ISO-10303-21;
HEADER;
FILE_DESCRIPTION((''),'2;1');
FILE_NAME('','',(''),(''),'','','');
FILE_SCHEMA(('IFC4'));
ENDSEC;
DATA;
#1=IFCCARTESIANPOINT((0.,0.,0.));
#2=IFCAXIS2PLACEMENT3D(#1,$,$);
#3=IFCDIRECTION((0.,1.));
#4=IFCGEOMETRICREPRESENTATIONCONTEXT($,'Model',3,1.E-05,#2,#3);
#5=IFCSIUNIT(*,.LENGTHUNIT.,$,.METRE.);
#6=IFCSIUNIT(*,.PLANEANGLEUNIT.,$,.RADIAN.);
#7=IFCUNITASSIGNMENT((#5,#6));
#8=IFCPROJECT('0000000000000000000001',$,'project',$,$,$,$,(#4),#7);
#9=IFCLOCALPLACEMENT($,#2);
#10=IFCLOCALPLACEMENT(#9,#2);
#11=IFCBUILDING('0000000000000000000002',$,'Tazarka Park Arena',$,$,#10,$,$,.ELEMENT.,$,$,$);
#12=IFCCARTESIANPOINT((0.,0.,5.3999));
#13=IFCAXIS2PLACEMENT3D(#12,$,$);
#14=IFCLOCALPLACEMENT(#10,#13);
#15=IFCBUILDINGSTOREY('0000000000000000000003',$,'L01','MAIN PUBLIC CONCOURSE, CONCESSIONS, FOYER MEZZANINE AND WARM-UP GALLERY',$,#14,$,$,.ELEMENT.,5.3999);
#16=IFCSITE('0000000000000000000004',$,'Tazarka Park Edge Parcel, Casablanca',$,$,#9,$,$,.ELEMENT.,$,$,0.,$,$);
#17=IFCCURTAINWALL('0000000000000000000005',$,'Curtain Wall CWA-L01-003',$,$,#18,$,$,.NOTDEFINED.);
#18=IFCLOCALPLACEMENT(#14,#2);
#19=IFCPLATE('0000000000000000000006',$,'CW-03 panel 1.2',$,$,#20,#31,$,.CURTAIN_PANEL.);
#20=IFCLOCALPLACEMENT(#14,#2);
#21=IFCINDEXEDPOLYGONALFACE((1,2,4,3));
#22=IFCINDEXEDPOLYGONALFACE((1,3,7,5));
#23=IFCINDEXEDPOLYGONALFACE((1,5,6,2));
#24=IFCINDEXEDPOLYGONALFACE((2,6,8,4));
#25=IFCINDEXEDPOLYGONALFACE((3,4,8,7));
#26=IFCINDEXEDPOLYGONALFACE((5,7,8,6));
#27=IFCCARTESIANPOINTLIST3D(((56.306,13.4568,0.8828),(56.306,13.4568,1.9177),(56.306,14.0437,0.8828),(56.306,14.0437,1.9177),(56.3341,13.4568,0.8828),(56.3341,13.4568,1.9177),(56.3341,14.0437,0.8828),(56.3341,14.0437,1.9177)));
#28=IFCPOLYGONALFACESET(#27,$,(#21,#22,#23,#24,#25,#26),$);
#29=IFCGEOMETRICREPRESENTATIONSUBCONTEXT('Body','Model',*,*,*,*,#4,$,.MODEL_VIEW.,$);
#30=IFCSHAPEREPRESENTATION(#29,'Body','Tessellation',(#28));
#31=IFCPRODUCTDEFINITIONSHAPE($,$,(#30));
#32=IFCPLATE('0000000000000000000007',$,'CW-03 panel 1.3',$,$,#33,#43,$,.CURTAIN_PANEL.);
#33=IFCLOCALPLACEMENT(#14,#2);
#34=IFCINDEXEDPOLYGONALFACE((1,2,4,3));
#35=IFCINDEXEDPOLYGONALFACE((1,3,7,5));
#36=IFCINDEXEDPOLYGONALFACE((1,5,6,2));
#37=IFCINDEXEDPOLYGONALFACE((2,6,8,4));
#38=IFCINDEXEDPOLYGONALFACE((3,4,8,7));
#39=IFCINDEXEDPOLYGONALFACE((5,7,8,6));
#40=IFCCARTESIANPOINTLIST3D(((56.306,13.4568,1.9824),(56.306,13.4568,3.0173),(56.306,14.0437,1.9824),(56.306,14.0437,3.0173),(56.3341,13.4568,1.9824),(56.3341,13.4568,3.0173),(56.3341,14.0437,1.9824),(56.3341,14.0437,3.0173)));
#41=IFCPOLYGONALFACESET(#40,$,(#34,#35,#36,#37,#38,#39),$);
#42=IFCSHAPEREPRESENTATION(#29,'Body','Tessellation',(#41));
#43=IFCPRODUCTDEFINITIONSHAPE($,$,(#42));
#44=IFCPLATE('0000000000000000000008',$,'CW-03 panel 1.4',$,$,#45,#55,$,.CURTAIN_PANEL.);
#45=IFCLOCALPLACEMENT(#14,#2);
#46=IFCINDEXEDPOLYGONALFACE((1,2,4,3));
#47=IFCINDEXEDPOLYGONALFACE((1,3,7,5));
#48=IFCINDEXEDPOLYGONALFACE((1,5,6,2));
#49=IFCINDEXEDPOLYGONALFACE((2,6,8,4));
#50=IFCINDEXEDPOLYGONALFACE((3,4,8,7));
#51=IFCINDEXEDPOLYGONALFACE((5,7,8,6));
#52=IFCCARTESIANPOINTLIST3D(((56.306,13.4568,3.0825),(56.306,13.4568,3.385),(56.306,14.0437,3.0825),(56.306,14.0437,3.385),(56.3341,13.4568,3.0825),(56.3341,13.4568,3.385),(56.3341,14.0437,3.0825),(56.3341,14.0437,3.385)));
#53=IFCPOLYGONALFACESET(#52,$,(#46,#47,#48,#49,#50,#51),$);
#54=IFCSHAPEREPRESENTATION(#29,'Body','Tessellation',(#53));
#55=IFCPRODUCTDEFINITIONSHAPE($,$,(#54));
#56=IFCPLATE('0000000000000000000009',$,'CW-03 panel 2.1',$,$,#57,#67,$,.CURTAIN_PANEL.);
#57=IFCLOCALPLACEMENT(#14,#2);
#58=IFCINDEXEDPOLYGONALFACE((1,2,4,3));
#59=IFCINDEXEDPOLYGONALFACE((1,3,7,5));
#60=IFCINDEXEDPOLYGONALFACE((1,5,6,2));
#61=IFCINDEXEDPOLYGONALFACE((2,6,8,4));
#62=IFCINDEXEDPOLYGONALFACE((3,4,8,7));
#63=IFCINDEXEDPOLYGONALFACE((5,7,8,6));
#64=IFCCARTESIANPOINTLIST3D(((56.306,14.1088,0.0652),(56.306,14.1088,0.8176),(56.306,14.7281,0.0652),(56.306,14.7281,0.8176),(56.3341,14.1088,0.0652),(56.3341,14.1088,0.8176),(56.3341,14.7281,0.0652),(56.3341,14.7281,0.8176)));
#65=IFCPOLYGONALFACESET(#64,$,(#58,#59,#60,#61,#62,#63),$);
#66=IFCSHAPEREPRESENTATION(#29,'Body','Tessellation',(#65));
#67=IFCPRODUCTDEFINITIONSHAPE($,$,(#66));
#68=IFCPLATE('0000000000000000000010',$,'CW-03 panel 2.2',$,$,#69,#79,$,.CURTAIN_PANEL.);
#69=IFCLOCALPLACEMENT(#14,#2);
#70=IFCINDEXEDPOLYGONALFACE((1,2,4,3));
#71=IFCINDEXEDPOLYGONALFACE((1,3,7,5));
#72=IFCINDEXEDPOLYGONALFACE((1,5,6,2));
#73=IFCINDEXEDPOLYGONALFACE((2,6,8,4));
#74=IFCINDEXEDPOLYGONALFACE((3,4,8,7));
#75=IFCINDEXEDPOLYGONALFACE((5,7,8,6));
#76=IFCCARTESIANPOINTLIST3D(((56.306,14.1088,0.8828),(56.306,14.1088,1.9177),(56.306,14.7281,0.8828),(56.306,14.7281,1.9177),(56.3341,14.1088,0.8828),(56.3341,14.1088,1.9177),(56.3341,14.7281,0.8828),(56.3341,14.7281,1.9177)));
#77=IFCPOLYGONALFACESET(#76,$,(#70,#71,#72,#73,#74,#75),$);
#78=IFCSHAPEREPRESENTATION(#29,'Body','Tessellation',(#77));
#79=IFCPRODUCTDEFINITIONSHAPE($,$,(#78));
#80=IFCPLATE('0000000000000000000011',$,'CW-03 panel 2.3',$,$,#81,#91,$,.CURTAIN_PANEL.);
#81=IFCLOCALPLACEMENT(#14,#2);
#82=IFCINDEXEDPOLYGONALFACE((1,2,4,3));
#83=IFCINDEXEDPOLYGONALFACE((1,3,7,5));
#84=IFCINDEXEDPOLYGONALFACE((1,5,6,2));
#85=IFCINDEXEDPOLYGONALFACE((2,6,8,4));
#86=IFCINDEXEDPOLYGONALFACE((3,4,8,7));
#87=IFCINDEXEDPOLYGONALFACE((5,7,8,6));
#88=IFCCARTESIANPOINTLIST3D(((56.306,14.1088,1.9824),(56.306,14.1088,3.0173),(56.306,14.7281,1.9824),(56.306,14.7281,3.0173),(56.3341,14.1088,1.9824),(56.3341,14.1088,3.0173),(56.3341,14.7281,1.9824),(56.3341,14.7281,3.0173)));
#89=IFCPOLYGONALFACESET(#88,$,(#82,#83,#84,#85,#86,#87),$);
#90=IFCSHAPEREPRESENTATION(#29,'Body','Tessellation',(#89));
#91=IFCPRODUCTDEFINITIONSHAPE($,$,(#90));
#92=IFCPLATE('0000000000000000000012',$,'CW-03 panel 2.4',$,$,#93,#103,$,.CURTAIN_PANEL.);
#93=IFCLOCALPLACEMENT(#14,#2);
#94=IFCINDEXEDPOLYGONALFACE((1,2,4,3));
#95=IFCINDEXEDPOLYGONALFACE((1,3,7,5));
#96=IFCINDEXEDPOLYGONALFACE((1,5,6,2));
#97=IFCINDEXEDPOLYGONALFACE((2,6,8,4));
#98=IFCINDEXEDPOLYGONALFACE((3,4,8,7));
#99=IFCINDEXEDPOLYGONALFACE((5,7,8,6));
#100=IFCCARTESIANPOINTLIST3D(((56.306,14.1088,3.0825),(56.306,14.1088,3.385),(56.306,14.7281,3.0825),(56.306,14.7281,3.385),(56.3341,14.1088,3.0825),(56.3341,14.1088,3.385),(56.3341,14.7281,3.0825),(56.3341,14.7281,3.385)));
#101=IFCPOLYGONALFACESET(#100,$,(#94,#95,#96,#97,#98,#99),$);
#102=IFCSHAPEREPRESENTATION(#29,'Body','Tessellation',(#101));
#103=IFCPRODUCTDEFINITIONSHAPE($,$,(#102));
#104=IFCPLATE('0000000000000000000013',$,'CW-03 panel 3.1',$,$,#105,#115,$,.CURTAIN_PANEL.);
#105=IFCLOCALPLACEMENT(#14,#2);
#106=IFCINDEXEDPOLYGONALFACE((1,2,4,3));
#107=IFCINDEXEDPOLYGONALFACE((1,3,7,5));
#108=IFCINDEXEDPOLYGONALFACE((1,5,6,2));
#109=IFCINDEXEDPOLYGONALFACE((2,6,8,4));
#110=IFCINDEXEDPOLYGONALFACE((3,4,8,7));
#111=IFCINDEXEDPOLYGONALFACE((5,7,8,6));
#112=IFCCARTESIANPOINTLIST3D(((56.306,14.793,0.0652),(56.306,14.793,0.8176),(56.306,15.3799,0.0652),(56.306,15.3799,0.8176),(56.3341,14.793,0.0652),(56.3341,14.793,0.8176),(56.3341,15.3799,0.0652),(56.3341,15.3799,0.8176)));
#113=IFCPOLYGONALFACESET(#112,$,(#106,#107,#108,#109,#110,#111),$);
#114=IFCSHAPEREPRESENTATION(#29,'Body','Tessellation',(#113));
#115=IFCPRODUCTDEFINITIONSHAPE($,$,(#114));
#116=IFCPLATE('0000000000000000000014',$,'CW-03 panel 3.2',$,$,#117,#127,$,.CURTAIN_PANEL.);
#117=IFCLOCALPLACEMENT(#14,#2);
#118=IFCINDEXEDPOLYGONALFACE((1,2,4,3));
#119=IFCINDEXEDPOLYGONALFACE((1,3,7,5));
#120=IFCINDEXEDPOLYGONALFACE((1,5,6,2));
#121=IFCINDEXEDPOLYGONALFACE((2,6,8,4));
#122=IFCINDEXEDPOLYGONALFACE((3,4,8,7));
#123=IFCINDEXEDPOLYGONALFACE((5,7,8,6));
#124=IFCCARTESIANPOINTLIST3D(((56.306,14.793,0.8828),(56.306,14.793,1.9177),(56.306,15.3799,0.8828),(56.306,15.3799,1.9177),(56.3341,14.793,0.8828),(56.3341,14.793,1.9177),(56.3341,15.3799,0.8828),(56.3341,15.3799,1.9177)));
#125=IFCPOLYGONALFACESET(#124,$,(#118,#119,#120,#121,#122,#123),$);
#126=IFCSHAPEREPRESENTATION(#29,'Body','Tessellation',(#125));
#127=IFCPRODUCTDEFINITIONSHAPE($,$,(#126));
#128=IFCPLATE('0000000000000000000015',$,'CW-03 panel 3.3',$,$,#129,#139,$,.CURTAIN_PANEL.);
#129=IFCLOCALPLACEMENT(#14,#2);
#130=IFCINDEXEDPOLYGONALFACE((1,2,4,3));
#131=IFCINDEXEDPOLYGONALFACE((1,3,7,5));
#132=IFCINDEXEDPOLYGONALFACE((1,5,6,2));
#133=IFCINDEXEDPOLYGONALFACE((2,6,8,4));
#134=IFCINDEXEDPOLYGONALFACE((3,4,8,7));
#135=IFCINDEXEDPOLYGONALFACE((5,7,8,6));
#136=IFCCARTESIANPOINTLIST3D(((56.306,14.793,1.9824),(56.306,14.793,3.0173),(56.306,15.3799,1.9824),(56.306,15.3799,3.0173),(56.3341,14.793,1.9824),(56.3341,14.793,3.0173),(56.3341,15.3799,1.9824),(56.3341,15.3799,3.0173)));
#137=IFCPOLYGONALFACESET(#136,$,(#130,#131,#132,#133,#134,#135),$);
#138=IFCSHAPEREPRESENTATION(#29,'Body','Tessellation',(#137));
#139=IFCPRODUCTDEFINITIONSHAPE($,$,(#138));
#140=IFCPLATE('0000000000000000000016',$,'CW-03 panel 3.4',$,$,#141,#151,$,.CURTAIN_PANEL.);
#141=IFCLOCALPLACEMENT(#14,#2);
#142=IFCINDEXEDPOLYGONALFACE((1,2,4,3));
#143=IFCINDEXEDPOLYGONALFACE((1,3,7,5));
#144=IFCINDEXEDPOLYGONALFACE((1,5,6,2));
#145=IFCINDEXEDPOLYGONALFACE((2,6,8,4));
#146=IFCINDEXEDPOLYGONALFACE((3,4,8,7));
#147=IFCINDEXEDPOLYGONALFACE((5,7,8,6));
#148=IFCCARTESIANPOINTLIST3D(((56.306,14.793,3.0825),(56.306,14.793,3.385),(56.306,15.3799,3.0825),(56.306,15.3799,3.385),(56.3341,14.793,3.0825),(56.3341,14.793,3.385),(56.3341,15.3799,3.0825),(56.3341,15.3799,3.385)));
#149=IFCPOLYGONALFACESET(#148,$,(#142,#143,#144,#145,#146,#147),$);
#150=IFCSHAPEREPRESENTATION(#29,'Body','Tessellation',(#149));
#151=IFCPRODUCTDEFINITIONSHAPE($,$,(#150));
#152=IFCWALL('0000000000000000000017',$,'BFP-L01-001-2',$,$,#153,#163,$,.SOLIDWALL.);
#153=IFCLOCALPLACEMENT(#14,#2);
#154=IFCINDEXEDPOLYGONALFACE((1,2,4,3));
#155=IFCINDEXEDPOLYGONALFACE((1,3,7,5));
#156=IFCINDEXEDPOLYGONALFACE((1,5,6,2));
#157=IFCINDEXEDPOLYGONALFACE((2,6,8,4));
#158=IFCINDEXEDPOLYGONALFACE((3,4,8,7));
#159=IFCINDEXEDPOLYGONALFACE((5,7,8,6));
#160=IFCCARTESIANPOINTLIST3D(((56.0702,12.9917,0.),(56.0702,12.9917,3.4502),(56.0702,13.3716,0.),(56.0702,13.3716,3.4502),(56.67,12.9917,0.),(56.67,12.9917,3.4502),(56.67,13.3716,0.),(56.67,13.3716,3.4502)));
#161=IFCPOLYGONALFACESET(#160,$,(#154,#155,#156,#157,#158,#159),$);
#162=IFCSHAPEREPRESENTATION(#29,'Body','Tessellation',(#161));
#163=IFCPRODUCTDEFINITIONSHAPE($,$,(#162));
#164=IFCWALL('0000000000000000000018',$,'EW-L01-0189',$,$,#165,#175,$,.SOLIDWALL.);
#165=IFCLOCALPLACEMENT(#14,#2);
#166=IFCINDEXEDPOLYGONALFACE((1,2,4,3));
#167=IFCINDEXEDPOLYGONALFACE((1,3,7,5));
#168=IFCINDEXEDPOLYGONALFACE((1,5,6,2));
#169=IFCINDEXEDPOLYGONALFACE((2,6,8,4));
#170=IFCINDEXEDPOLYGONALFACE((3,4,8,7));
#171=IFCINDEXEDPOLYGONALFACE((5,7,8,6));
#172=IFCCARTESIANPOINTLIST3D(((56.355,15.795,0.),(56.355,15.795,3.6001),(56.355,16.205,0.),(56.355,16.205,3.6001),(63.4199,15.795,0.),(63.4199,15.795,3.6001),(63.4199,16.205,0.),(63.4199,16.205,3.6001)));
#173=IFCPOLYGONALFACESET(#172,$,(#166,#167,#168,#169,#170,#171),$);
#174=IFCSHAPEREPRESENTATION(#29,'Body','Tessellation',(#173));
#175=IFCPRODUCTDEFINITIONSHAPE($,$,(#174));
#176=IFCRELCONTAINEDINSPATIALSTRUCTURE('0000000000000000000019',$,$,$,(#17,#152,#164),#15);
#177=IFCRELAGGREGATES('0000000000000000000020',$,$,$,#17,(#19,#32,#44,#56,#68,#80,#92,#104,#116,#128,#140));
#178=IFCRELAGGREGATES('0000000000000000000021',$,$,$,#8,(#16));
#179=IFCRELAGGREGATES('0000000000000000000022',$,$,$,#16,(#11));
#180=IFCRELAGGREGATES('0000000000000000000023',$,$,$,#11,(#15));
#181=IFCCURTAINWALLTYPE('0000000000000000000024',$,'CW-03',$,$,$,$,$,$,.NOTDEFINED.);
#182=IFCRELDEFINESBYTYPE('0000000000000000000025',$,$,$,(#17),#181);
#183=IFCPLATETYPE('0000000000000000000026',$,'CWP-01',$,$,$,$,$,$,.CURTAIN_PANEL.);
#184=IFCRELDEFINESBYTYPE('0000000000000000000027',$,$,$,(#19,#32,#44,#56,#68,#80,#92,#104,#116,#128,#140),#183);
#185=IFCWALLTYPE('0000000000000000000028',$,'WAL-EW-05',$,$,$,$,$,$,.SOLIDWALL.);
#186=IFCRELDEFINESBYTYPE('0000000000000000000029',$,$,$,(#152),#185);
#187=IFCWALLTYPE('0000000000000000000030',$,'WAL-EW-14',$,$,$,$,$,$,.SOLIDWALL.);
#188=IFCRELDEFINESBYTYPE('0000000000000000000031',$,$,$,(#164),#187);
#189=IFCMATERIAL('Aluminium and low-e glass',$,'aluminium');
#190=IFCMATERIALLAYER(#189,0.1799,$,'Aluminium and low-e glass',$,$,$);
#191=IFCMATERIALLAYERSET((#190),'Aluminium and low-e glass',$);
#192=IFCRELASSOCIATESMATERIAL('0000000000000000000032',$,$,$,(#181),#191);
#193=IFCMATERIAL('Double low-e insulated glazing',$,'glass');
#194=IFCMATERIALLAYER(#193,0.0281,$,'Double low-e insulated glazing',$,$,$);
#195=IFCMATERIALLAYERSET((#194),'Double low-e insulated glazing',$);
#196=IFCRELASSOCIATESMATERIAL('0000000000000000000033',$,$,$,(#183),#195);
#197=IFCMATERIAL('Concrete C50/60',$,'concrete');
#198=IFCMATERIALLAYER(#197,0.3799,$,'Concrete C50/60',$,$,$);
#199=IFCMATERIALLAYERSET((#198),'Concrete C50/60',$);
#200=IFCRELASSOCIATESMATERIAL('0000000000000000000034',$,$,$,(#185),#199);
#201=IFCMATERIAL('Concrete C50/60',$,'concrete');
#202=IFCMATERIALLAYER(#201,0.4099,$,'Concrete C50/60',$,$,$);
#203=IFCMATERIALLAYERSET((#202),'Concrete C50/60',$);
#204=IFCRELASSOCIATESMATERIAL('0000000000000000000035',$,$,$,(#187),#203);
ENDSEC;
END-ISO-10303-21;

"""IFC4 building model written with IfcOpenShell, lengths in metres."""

from ifc_helpers import new_model, si_unit, direction, frame, frame_2d, origin, origin_2d, place, context, subcontext, project, spatial, rectangle, extrude, material, layer, layer_set, type_object, element, aggregate, save


model = new_model("IFC4")

# Units and contexts
model_context = context("Model", 3, precision=1e-05, world=origin(), true_north=direction((0.0, 1.0)))
body_context = subcontext(model_context, "Body", "Model", "MODEL_VIEW")
ifc_project = project(units=[si_unit("LENGTHUNIT", "METRE"), si_unit("PLANEANGLEUNIT", "RADIAN")], contexts=[model_context])

# Site, building, storey
site_placement = place(None, origin())
site = spatial("IfcSite", under=ifc_project, at=site_placement, Name="Tazarka Park Edge Parcel, Casablanca", CompositionType="ELEMENT", RefElevation=0.0)
building_placement = place(site_placement, origin())
building = spatial("IfcBuilding", under=site, at=building_placement, Name="Tazarka Park Arena", CompositionType="ELEMENT")
storey_placement = place(building_placement, frame((0.0, 0.0, 5.3999)))
storey = spatial("IfcBuildingStorey", under=building, at=storey_placement, Name="L01", Description="MAIN PUBLIC CONCOURSE, CONCESSIONS, FOYER MEZZANINE AND WARM-UP GALLERY", CompositionType="ELEMENT", Elevation=5.3999)

# Curtain wall, plates
ifc_material_1 = material(Name="Aluminium and low-e glass", Category="aluminium")
ifc_layer_1 = layer(ifc_material_1, 0.1799, Name="Aluminium and low-e glass")
ifc_layer_set_1 = layer_set([ifc_layer_1], Name="Aluminium and low-e glass")
curtain_wall_type = type_object("IfcCurtainWallType", Name="CW-03", PredefinedType="NOTDEFINED", material=ifc_layer_set_1)
curtain_wall_placement = place(storey_placement, origin())
curtain_wall = element("IfcCurtainWall", 1, at=curtain_wall_placement, inside=storey, type_object=curtain_wall_type, Name="Curtain Wall CWA-L01-003", PredefinedType="NOTDEFINED")
ifc_material_2 = material(Name="Double low-e insulated glazing", Category="glass")
ifc_layer_2 = layer(ifc_material_2, 0.0281, Name="Double low-e insulated glazing")
ifc_layer_set_2 = layer_set([ifc_layer_2], Name="Double low-e insulated glazing")
plate_type = type_object("IfcPlateType", Name="CWP-01", PredefinedType="CURTAIN_PANEL", material=ifc_layer_set_2)
plate_1_placement = place(storey_placement, frame((56.3201, 13.7502, 0.8828), z_axis=(0.0, 0.0, 1.0), x_axis=(0.0, 1.0, 0.0)))
plate_1 = element("IfcPlate", 2, at=plate_1_placement, type_object=plate_type, Name="CW-03 panel 1.2", PredefinedType="CURTAIN_PANEL", context=body_context, shape_type="SweptSolid", body=[
    extrude(rectangle(XDim=0.5869, YDim=0.0281, at=origin_2d()), origin(), (0.0, 0.0, 1.0), 1.0349),
])
plate_2_placement = place(storey_placement, frame((56.3201, 13.7502, 1.9824), z_axis=(0.0, 0.0, 1.0), x_axis=(0.0, 1.0, 0.0)))
plate_2 = element("IfcPlate", 3, at=plate_2_placement, type_object=plate_type, Name="CW-03 panel 1.3", PredefinedType="CURTAIN_PANEL", context=body_context, shape_type="SweptSolid", body=[
    extrude(rectangle(XDim=0.5869, YDim=0.0281, at=origin_2d()), origin(), (0.0, 0.0, 1.0), 1.0349),
])
plate_3_placement = place(storey_placement, frame((56.3201, 13.7502, 3.0825), z_axis=(0.0, 0.0, 1.0), x_axis=(0.0, 1.0, 0.0)))
plate_3 = element("IfcPlate", 4, at=plate_3_placement, type_object=plate_type, Name="CW-03 panel 1.4", PredefinedType="CURTAIN_PANEL", context=body_context, shape_type="SweptSolid", body=[
    extrude(rectangle(XDim=0.5869, YDim=0.0281, at=origin_2d()), origin(), (0.0, 0.0, 1.0), 0.3025),
])
plate_4_placement = place(storey_placement, frame((56.3201, 14.4185, 0.0652), z_axis=(0.0, 0.0, 1.0), x_axis=(0.0, 1.0, 0.0)))
plate_4 = element("IfcPlate", 5, at=plate_4_placement, type_object=plate_type, Name="CW-03 panel 2.1", PredefinedType="CURTAIN_PANEL", context=body_context, shape_type="SweptSolid", body=[
    extrude(rectangle(XDim=0.6194, YDim=0.0281, at=origin_2d()), origin(), (0.0, 0.0, 1.0), 0.7524),
])
plate_5_placement = place(storey_placement, frame((56.3201, 14.4185, 0.8828), z_axis=(0.0, 0.0, 1.0), x_axis=(0.0, 1.0, 0.0)))
plate_5 = element("IfcPlate", 6, at=plate_5_placement, type_object=plate_type, Name="CW-03 panel 2.2", PredefinedType="CURTAIN_PANEL", context=body_context, shape_type="SweptSolid", body=[
    extrude(rectangle(XDim=0.6194, YDim=0.0281, at=origin_2d()), origin(), (0.0, 0.0, 1.0), 1.0349),
])
plate_6_placement = place(storey_placement, frame((56.3201, 14.4185, 1.9824), z_axis=(0.0, 0.0, 1.0), x_axis=(0.0, 1.0, 0.0)))
plate_6 = element("IfcPlate", 7, at=plate_6_placement, type_object=plate_type, Name="CW-03 panel 2.3", PredefinedType="CURTAIN_PANEL", context=body_context, shape_type="SweptSolid", body=[
    extrude(rectangle(XDim=0.6194, YDim=0.0281, at=origin_2d()), origin(), (0.0, 0.0, 1.0), 1.0349),
])
plate_7_placement = place(storey_placement, frame((56.3201, 14.4185, 3.0825), z_axis=(0.0, 0.0, 1.0), x_axis=(0.0, 1.0, 0.0)))
plate_7 = element("IfcPlate", 8, at=plate_7_placement, type_object=plate_type, Name="CW-03 panel 2.4", PredefinedType="CURTAIN_PANEL", context=body_context, shape_type="SweptSolid", body=[
    extrude(rectangle(XDim=0.6194, YDim=0.0281, at=origin_2d()), origin(), (0.0, 0.0, 1.0), 0.3025),
])
plate_8_placement = place(storey_placement, frame((56.3201, 15.0864, 0.0652), z_axis=(0.0, 0.0, 1.0), x_axis=(0.0, 1.0, 0.0)))
plate_8 = element("IfcPlate", 9, at=plate_8_placement, type_object=plate_type, Name="CW-03 panel 3.1", PredefinedType="CURTAIN_PANEL", context=body_context, shape_type="SweptSolid", body=[
    extrude(rectangle(XDim=0.5869, YDim=0.0281, at=origin_2d()), origin(), (0.0, 0.0, 1.0), 0.7524),
])
plate_9_placement = place(storey_placement, frame((56.3201, 15.0864, 0.8828), z_axis=(0.0, 0.0, 1.0), x_axis=(0.0, 1.0, 0.0)))
plate_9 = element("IfcPlate", 10, at=plate_9_placement, type_object=plate_type, Name="CW-03 panel 3.2", PredefinedType="CURTAIN_PANEL", context=body_context, shape_type="SweptSolid", body=[
    extrude(rectangle(XDim=0.5869, YDim=0.0281, at=origin_2d()), origin(), (0.0, 0.0, 1.0), 1.0349),
])
plate_10_placement = place(storey_placement, frame((56.3201, 15.0864, 1.9824), z_axis=(0.0, 0.0, 1.0), x_axis=(0.0, 1.0, 0.0)))
plate_10 = element("IfcPlate", 11, at=plate_10_placement, type_object=plate_type, Name="CW-03 panel 3.3", PredefinedType="CURTAIN_PANEL", context=body_context, shape_type="SweptSolid", body=[
    extrude(rectangle(XDim=0.5869, YDim=0.0281, at=origin_2d()), origin(), (0.0, 0.0, 1.0), 1.0349),
])
plate_11_placement = place(storey_placement, frame((56.3201, 15.0864, 3.0825), z_axis=(0.0, 0.0, 1.0), x_axis=(0.0, 1.0, 0.0)))
plate_11 = element("IfcPlate", 12, at=plate_11_placement, type_object=plate_type, Name="CW-03 panel 3.4", PredefinedType="CURTAIN_PANEL", context=body_context, shape_type="SweptSolid", body=[
    extrude(rectangle(XDim=0.5869, YDim=0.0281, at=origin_2d()), origin(), (0.0, 0.0, 1.0), 0.3025),
])
aggregate(curtain_wall, [plate_1, plate_2, plate_3, plate_4, plate_5, plate_6, plate_7, plate_8, plate_9, plate_10, plate_11])

# Walls
ifc_material_3 = material(Name="Concrete C50/60", Category="concrete")
ifc_layer_3 = layer(ifc_material_3, 0.3799, Name="Concrete C50/60")
ifc_layer_set_3 = layer_set([ifc_layer_3], Name="Concrete C50/60")
wall_type_1 = type_object("IfcWallType", Name="WAL-EW-05", PredefinedType="SOLIDWALL", material=ifc_layer_set_3)
wall_1_placement = place(storey_placement, frame((56.6699, 13.1816, 0.0), z_axis=(0.0, 0.0, 1.0), x_axis=(-1.0, 0.0, 0.0)))
element("IfcWall", 13, at=wall_1_placement, inside=storey, type_object=wall_type_1, Name="BFP-L01-001-2", PredefinedType="SOLIDWALL", context=body_context, shape_type="SweptSolid", body=[
    extrude(rectangle(XDim=0.5999, YDim=0.3799, at=frame_2d((0.2998, 0.0))), origin(), (0.0, 0.0, 1.0), 3.4502),
])
ifc_material_4 = material(Name="Concrete C50/60", Category="concrete")
ifc_layer_4 = layer(ifc_material_4, 0.4099, Name="Concrete C50/60")
ifc_layer_set_4 = layer_set([ifc_layer_4], Name="Concrete C50/60")
wall_type_2 = type_object("IfcWallType", Name="WAL-EW-14", PredefinedType="SOLIDWALL", material=ifc_layer_set_4)
wall_2_placement = place(storey_placement, frame((56.355, 16.0, 0.0), z_axis=(0.0, 0.0, 1.0), x_axis=(1.0, 0.0, 0.0)))
element("IfcWall", 14, at=wall_2_placement, inside=storey, type_object=wall_type_2, Name="EW-L01-0189", PredefinedType="SOLIDWALL", context=body_context, shape_type="SweptSolid", body=[
    extrude(rectangle(XDim=7.0649, YDim=0.4099, at=frame_2d((3.5325, 0.0))), origin(), (0.0, 0.0, 1.0), 3.6001),
])

save(model, "model.ifc")
